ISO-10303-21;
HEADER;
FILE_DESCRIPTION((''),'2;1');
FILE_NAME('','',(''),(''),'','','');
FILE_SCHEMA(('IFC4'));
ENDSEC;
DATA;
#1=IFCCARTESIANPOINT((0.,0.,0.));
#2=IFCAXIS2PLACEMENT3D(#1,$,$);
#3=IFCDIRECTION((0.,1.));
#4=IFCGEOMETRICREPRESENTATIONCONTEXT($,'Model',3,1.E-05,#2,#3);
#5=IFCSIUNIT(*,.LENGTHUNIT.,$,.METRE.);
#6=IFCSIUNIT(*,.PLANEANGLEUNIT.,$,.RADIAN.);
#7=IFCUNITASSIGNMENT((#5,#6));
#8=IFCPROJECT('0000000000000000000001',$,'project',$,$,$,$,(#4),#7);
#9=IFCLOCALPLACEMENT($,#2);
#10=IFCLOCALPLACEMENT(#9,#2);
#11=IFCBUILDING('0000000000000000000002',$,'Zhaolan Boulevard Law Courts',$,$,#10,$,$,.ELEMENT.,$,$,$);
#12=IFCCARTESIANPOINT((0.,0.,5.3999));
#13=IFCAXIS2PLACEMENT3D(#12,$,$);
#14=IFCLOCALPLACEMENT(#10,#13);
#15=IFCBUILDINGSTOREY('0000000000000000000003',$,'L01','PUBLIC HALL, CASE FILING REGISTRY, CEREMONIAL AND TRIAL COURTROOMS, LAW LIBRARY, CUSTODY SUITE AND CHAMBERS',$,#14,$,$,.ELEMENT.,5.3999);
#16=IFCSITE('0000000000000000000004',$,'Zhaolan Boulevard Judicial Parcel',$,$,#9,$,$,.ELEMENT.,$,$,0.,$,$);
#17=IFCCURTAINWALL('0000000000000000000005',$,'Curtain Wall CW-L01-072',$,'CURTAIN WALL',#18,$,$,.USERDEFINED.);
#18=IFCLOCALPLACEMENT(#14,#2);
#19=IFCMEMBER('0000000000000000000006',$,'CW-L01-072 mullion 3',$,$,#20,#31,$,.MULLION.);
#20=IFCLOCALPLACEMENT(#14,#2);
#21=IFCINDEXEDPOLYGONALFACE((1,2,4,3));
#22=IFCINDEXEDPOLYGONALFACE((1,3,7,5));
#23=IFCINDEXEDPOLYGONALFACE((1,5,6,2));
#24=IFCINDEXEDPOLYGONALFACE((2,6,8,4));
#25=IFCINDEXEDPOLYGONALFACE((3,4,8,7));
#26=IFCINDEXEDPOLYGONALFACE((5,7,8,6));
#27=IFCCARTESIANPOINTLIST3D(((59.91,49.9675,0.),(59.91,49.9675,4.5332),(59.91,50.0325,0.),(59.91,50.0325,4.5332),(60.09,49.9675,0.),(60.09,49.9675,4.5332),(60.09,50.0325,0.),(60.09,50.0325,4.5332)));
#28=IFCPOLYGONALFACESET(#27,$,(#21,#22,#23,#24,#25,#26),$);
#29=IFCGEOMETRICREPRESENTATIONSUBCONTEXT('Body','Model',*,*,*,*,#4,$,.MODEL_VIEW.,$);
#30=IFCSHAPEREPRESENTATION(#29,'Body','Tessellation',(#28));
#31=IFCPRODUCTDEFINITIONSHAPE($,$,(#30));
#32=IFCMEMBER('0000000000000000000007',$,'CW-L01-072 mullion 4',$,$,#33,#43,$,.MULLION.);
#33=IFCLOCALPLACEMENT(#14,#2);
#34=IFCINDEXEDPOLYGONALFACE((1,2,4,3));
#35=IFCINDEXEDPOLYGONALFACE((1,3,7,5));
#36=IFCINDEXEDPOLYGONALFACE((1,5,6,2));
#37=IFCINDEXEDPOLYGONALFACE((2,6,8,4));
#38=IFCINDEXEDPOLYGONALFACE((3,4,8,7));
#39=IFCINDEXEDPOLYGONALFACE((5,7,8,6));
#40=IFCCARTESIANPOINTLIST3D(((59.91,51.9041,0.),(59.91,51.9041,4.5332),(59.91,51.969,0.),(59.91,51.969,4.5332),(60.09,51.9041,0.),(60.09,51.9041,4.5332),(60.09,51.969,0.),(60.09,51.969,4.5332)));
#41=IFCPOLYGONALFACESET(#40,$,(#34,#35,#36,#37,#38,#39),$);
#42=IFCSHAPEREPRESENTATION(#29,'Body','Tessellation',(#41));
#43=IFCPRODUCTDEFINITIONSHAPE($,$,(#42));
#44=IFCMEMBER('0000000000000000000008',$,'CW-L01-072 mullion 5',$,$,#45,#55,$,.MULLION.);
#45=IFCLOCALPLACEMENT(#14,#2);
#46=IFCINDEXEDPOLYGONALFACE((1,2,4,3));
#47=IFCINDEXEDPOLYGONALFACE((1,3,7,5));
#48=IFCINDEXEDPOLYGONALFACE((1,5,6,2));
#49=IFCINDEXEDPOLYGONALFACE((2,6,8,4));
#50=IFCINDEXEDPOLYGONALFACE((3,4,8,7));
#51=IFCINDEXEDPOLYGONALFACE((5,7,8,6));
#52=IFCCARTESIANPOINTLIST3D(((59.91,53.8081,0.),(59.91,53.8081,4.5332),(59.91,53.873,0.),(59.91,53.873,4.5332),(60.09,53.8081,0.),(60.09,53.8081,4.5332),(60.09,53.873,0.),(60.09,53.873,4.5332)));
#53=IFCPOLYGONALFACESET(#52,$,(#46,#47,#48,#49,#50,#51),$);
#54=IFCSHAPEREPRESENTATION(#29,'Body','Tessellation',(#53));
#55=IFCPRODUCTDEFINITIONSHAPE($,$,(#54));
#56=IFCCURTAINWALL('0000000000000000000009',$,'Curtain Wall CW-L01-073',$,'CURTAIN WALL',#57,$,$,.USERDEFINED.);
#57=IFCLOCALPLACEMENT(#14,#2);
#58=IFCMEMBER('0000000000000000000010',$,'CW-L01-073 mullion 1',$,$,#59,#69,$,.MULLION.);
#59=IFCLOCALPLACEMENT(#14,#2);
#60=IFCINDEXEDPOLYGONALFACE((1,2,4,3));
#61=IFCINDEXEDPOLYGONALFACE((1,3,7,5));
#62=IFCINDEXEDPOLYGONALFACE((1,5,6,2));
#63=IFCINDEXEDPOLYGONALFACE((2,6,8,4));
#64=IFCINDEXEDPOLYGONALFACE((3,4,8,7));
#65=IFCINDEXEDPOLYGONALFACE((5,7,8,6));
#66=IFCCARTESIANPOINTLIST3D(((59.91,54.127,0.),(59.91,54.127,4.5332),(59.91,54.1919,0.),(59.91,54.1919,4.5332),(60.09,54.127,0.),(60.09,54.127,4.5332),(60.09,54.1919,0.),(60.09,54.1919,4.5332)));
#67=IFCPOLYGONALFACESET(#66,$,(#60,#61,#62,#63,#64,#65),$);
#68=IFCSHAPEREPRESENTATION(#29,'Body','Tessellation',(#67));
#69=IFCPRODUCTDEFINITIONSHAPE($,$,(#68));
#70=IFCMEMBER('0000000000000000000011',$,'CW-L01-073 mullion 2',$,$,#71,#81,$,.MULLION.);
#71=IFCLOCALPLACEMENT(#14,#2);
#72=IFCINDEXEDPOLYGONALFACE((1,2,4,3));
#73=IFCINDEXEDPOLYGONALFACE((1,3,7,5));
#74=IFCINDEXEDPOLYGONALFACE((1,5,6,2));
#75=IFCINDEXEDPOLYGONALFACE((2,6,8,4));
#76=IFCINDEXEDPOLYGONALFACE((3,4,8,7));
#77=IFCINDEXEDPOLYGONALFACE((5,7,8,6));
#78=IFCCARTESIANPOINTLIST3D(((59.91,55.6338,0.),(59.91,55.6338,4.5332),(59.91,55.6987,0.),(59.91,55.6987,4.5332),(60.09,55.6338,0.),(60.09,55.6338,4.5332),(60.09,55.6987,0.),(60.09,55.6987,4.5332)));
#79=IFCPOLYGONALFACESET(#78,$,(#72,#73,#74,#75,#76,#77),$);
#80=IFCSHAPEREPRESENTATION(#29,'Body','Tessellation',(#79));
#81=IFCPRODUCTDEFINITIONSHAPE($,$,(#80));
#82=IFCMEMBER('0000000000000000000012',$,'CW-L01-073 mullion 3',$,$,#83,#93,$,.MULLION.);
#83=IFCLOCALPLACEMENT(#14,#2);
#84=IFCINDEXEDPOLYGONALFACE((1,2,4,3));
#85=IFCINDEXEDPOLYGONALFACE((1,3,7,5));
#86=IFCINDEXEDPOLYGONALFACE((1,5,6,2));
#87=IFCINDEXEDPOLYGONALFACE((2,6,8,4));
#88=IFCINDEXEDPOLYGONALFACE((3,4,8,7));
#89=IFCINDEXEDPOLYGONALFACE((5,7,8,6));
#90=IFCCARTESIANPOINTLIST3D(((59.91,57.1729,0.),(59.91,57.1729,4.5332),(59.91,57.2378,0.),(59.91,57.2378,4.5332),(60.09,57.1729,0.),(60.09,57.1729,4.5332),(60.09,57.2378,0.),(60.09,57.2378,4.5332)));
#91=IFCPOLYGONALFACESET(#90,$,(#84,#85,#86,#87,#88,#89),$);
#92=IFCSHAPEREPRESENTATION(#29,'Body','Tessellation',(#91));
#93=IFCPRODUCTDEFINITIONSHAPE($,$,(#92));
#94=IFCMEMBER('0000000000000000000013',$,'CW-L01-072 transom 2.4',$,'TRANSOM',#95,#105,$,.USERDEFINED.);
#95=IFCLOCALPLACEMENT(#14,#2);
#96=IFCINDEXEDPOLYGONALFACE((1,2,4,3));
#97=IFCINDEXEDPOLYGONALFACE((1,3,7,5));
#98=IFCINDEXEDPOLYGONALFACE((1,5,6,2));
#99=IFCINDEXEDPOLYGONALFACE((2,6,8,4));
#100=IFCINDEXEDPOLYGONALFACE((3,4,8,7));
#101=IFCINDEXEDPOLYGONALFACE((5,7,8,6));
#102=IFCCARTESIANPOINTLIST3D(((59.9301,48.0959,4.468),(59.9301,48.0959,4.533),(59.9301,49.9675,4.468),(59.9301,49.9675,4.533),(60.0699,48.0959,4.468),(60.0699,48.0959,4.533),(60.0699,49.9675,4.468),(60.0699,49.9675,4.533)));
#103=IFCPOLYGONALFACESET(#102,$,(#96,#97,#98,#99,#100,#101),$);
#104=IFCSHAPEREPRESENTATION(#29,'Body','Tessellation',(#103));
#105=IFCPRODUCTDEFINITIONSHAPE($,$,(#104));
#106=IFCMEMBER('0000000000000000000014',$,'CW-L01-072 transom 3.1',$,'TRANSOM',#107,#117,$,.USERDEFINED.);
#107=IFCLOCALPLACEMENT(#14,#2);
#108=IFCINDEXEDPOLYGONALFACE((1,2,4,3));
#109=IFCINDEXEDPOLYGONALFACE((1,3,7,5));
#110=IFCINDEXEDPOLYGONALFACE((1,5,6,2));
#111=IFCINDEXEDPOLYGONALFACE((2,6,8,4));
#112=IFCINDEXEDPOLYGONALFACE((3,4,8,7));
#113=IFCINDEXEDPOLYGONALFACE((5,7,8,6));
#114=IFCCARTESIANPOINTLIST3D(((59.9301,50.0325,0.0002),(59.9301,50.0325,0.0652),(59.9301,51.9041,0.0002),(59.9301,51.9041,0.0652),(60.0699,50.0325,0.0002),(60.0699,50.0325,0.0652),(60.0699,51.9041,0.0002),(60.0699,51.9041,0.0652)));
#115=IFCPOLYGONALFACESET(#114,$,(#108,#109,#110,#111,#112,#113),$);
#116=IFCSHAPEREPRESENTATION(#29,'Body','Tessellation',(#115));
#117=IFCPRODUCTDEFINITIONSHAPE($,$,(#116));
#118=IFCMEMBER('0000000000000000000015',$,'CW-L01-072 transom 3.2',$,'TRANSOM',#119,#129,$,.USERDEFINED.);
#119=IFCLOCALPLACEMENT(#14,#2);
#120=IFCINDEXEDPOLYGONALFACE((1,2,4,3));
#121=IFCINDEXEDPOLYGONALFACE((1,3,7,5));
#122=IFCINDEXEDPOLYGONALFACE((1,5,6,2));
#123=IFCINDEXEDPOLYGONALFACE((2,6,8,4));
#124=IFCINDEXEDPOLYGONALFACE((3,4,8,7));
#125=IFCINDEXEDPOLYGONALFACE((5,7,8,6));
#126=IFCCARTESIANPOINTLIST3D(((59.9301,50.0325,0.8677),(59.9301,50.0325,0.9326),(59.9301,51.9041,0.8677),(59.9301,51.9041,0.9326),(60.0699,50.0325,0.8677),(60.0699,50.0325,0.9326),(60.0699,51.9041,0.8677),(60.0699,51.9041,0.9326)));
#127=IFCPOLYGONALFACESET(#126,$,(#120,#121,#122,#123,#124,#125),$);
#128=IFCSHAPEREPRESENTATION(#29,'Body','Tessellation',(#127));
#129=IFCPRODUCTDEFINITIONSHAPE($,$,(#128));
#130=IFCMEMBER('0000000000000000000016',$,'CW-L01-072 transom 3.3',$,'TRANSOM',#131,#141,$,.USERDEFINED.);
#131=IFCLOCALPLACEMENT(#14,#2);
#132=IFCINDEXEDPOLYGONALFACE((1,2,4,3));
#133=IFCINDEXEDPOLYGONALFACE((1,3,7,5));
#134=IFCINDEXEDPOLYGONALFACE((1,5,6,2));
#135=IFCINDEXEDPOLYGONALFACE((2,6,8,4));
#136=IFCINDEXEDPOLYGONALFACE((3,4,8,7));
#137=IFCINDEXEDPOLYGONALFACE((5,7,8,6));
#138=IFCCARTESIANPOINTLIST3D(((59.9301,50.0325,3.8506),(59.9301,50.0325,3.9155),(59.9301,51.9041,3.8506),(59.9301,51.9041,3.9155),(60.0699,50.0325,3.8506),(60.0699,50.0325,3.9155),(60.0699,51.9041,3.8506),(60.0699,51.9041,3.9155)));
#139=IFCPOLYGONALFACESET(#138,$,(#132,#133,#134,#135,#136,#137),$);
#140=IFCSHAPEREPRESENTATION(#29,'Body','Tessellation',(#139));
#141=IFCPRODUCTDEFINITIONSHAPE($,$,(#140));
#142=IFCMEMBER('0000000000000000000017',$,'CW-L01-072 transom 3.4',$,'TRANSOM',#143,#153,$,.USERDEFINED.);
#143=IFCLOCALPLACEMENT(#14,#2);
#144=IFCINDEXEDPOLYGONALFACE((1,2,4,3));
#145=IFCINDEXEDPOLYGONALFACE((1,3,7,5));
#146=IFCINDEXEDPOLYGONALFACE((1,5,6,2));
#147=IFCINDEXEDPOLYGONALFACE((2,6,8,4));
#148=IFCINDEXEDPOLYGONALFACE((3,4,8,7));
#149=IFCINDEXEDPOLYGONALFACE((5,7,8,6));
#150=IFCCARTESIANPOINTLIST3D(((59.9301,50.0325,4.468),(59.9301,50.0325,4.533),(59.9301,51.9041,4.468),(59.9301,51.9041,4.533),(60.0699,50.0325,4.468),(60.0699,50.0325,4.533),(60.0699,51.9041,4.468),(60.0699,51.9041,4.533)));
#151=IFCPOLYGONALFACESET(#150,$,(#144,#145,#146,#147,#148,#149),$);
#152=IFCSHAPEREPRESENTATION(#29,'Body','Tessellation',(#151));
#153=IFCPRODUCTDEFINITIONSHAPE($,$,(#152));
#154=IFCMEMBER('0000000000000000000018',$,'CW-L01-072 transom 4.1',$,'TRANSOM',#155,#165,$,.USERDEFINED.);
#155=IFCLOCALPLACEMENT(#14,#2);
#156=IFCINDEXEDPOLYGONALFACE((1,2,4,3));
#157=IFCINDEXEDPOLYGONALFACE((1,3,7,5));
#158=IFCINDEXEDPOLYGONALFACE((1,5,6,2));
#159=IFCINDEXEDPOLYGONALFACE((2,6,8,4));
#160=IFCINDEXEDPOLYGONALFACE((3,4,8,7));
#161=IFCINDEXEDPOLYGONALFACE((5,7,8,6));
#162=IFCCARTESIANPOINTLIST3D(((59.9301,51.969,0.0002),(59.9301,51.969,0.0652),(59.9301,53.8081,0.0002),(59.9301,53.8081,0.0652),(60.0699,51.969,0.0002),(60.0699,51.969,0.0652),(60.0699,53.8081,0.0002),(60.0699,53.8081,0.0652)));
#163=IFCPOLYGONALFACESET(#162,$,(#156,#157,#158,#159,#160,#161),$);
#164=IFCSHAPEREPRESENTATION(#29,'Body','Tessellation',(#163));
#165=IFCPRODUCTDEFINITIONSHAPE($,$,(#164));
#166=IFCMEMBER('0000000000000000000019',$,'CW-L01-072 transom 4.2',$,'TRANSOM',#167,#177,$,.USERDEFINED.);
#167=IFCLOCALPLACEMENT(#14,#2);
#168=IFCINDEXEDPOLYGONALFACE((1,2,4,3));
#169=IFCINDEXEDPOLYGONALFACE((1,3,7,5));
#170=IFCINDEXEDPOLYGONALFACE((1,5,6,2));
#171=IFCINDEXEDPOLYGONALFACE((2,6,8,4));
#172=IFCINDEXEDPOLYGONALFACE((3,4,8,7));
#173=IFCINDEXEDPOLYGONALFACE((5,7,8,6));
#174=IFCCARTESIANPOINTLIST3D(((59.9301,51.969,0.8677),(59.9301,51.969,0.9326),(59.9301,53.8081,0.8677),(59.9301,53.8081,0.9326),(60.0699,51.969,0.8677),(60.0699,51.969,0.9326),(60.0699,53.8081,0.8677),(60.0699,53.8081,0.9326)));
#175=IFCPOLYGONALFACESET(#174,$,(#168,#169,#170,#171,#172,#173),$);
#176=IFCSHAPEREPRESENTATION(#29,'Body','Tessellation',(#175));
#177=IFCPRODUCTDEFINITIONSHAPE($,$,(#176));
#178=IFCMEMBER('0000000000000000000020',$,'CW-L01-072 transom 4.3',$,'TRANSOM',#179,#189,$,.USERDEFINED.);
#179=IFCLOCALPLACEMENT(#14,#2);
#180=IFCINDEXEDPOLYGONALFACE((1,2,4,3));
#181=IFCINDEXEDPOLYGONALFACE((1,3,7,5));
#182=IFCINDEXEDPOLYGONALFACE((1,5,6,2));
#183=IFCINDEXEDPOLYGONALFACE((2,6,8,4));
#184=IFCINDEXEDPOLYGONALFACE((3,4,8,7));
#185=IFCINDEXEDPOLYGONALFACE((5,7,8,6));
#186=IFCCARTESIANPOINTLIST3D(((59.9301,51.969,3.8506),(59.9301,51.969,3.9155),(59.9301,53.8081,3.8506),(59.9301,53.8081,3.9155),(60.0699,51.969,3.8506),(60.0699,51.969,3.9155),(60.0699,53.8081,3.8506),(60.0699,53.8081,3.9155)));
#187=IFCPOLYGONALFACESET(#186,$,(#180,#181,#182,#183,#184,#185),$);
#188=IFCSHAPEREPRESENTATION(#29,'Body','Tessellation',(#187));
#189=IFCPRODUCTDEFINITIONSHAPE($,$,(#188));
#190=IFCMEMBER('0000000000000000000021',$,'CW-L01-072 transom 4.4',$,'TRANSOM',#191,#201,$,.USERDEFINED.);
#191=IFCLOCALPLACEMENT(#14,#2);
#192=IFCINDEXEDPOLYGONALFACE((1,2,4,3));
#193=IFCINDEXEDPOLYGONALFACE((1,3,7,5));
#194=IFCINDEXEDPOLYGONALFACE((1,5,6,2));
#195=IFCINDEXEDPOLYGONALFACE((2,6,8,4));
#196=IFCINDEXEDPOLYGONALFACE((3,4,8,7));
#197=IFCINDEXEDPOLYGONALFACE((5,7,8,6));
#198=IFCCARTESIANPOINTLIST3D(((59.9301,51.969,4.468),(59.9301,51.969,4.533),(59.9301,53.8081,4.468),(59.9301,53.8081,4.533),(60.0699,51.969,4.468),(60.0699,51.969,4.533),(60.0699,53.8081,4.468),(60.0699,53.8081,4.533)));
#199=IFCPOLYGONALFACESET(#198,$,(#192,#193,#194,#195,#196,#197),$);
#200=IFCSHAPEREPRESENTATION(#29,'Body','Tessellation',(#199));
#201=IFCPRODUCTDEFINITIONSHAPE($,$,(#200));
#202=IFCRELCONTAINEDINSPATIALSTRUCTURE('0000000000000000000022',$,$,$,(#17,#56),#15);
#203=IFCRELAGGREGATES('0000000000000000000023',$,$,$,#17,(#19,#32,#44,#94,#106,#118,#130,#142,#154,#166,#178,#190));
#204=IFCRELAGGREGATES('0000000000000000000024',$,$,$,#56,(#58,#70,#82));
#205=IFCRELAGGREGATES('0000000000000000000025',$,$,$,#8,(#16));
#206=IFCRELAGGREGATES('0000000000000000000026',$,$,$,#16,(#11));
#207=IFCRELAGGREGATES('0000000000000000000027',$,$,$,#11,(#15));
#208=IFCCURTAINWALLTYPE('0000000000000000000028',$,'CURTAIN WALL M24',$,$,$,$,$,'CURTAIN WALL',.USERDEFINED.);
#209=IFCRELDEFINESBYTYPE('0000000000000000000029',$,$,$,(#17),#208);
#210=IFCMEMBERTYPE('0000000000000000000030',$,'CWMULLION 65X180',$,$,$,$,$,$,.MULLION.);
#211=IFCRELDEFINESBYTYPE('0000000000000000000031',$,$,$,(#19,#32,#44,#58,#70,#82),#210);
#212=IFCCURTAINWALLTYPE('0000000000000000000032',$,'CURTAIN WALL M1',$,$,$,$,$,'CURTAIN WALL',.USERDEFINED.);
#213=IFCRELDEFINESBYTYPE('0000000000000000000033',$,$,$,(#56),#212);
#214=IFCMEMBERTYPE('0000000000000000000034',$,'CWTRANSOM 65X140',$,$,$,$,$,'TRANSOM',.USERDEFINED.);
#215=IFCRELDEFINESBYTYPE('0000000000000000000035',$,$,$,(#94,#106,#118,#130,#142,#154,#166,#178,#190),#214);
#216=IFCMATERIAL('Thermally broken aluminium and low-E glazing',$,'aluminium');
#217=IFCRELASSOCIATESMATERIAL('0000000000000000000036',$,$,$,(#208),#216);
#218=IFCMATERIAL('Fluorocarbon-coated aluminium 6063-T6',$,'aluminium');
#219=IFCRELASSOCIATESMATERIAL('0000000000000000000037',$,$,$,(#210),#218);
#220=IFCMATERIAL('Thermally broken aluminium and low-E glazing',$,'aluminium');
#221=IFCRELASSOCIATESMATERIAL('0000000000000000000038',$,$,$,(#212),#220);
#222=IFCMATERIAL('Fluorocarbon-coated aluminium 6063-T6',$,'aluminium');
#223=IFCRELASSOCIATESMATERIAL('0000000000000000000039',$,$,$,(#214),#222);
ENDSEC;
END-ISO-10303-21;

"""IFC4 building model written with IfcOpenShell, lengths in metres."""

from ifc_helpers import new_model, si_unit, direction, frame, origin, origin_2d, place, context, subcontext, project, spatial, rectangle, extrude, material, material_profile, profile_set, type_object, element, aggregate, save


model = new_model("IFC4")

# Units and contexts
model_context = context("Model", 3, precision=1e-05, world=origin(), true_north=direction((0.0, 1.0)))
body_context = subcontext(model_context, "Body", "Model", "MODEL_VIEW")
ifc_project = project(units=[si_unit("LENGTHUNIT", "METRE"), si_unit("PLANEANGLEUNIT", "RADIAN")], contexts=[model_context])

# Site, building, storey
site_placement = place(None, origin())
site = spatial("IfcSite", under=ifc_project, at=site_placement, Name="Zhaolan Boulevard Judicial Parcel", CompositionType="ELEMENT", RefElevation=0.0)
building_placement = place(site_placement, origin())
building = spatial("IfcBuilding", under=site, at=building_placement, Name="Zhaolan Boulevard Law Courts", CompositionType="ELEMENT")
storey_placement = place(building_placement, frame((0.0, 0.0, 5.3999)))
storey = spatial("IfcBuildingStorey", under=building, at=storey_placement, Name="L01", Description="PUBLIC HALL, CASE FILING REGISTRY, CEREMONIAL AND TRIAL COURTROOMS, LAW LIBRARY, CUSTODY SUITE AND CHAMBERS", CompositionType="ELEMENT", Elevation=5.3999)

# Curtain walls, members
ifc_material_1 = material(Name="Thermally broken aluminium and low-E glazing", Category="aluminium")
curtain_wall_type_1 = type_object("IfcCurtainWallType", Name="CURTAIN WALL M24", ElementType="CURTAIN WALL", PredefinedType="USERDEFINED", material=ifc_material_1)
curtain_wall_1_placement = place(storey_placement, origin())
curtain_wall_1 = element("IfcCurtainWall", 1, at=curtain_wall_1_placement, inside=storey, type_object=curtain_wall_type_1, Name="Curtain Wall CW-L01-072", ObjectType="CURTAIN WALL", PredefinedType="USERDEFINED")
ifc_material_2 = material(Name="Fluorocarbon-coated aluminium 6063-T6", Category="aluminium")
ifc_material_profile_1 = material_profile(ifc_material_2, rectangle(XDim=0.1799, YDim=0.0649, at=origin_2d()), Name="AL65x180")
ifc_profile_set_1 = profile_set([ifc_material_profile_1], Name="Fluorocarbon-coated aluminium 6063-T6")
member_type_1 = type_object("IfcMemberType", Name="CWMULLION 65X180", PredefinedType="MULLION", material=ifc_profile_set_1)
member_1_placement = place(storey_placement, frame((60.0, 50.0, 0.0), z_axis=(0.0, 0.0, 1.0), x_axis=(-1.0, 0.0, 0.0)))
member_1 = element("IfcMember", 2, at=member_1_placement, type_object=member_type_1, Name="CW-L01-072 mullion 3", PredefinedType="MULLION", context=body_context, shape_type="SweptSolid", body=[
    extrude(rectangle(XDim=0.1799, YDim=0.0649, at=origin_2d()), origin(), (0.0, 0.0, 1.0), 4.5332),
])
member_2_placement = place(storey_placement, frame((60.0, 51.9365, 0.0), z_axis=(0.0, 0.0, 1.0), x_axis=(-1.0, 0.0, 0.0)))
member_2 = element("IfcMember", 3, at=member_2_placement, type_object=member_type_1, Name="CW-L01-072 mullion 4", PredefinedType="MULLION", context=body_context, shape_type="SweptSolid", body=[
    extrude(rectangle(XDim=0.1799, YDim=0.0649, at=origin_2d()), origin(), (0.0, 0.0, 1.0), 4.5332),
])
member_3_placement = place(storey_placement, frame((60.0, 53.8406, 0.0), z_axis=(0.0, 0.0, 1.0), x_axis=(-1.0, 0.0, 0.0)))
member_3 = element("IfcMember", 4, at=member_3_placement, type_object=member_type_1, Name="CW-L01-072 mullion 5", PredefinedType="MULLION", context=body_context, shape_type="SweptSolid", body=[
    extrude(rectangle(XDim=0.1799, YDim=0.0649, at=origin_2d()), origin(), (0.0, 0.0, 1.0), 4.5332),
])
ifc_material_3 = material(Name="Thermally broken aluminium and low-E glazing", Category="aluminium")
curtain_wall_type_2 = type_object("IfcCurtainWallType", Name="CURTAIN WALL M1", ElementType="CURTAIN WALL", PredefinedType="USERDEFINED", material=ifc_material_3)
curtain_wall_2_placement = place(storey_placement, origin())
curtain_wall_2 = element("IfcCurtainWall", 5, at=curtain_wall_2_placement, inside=storey, type_object=curtain_wall_type_2, Name="Curtain Wall CW-L01-073", ObjectType="CURTAIN WALL", PredefinedType="USERDEFINED")
member_4_placement = place(storey_placement, frame((60.0, 54.1594, 0.0), z_axis=(0.0, 0.0, 1.0), x_axis=(-1.0, 0.0, 0.0)))
member_4 = element("IfcMember", 6, at=member_4_placement, type_object=member_type_1, Name="CW-L01-073 mullion 1", PredefinedType="MULLION", context=body_context, shape_type="SweptSolid", body=[
    extrude(rectangle(XDim=0.1799, YDim=0.0649, at=origin_2d()), origin(), (0.0, 0.0, 1.0), 4.5332),
])
member_5_placement = place(storey_placement, frame((60.0, 55.6663, 0.0), z_axis=(0.0, 0.0, 1.0), x_axis=(-1.0, 0.0, 0.0)))
member_5 = element("IfcMember", 7, at=member_5_placement, type_object=member_type_1, Name="CW-L01-073 mullion 2", PredefinedType="MULLION", context=body_context, shape_type="SweptSolid", body=[
    extrude(rectangle(XDim=0.1799, YDim=0.0649, at=origin_2d()), origin(), (0.0, 0.0, 1.0), 4.5332),
])
member_6_placement = place(storey_placement, frame((60.0, 57.2053, 0.0), z_axis=(0.0, 0.0, 1.0), x_axis=(-1.0, 0.0, 0.0)))
member_6 = element("IfcMember", 8, at=member_6_placement, type_object=member_type_1, Name="CW-L01-073 mullion 3", PredefinedType="MULLION", context=body_context, shape_type="SweptSolid", body=[
    extrude(rectangle(XDim=0.1799, YDim=0.0649, at=origin_2d()), origin(), (0.0, 0.0, 1.0), 4.5332),
])

# Members
ifc_material_4 = material(Name="Fluorocarbon-coated aluminium 6063-T6", Category="aluminium")
ifc_material_profile_2 = material_profile(ifc_material_4, rectangle(XDim=0.1399, YDim=0.0649, at=origin_2d()), Name="AL65x140")
ifc_profile_set_2 = profile_set([ifc_material_profile_2], Name="Fluorocarbon-coated aluminium 6063-T6")
member_type_2 = type_object("IfcMemberType", Name="CWTRANSOM 65X140", ElementType="TRANSOM", PredefinedType="USERDEFINED", material=ifc_profile_set_2)
member_7_placement = place(storey_placement, frame((60.0, 48.0959, 4.5005), z_axis=(0.0, 1.0, 0.0), x_axis=(-1.0, 0.0, 0.0)))
member_7 = element("IfcMember", 9, at=member_7_placement, type_object=member_type_2, Name="CW-L01-072 transom 2.4", ObjectType="TRANSOM", PredefinedType="USERDEFINED", context=body_context, shape_type="SweptSolid", body=[
    extrude(rectangle(XDim=0.1399, YDim=0.0649, at=origin_2d()), origin(), (0.0, 0.0, 1.0), 1.8716),
])
member_8_placement = place(storey_placement, frame((60.0, 50.0325, 0.0327), z_axis=(0.0, 1.0, 0.0), x_axis=(-1.0, 0.0, 0.0)))
member_8 = element("IfcMember", 10, at=member_8_placement, type_object=member_type_2, Name="CW-L01-072 transom 3.1", ObjectType="TRANSOM", PredefinedType="USERDEFINED", context=body_context, shape_type="SweptSolid", body=[
    extrude(rectangle(XDim=0.1399, YDim=0.0649, at=origin_2d()), origin(), (0.0, 0.0, 1.0), 1.8716),
])
member_9_placement = place(storey_placement, frame((60.0, 50.0325, 0.9001), z_axis=(0.0, 1.0, 0.0), x_axis=(-1.0, 0.0, 0.0)))
member_9 = element("IfcMember", 11, at=member_9_placement, type_object=member_type_2, Name="CW-L01-072 transom 3.2", ObjectType="TRANSOM", PredefinedType="USERDEFINED", context=body_context, shape_type="SweptSolid", body=[
    extrude(rectangle(XDim=0.1399, YDim=0.0649, at=origin_2d()), origin(), (0.0, 0.0, 1.0), 1.8716),
])
member_10_placement = place(storey_placement, frame((60.0, 50.0325, 3.8831), z_axis=(0.0, 1.0, 0.0), x_axis=(-1.0, 0.0, 0.0)))
member_10 = element("IfcMember", 12, at=member_10_placement, type_object=member_type_2, Name="CW-L01-072 transom 3.3", ObjectType="TRANSOM", PredefinedType="USERDEFINED", context=body_context, shape_type="SweptSolid", body=[
    extrude(rectangle(XDim=0.1399, YDim=0.0649, at=origin_2d()), origin(), (0.0, 0.0, 1.0), 1.8716),
])
member_11_placement = place(storey_placement, frame((60.0, 50.0325, 4.5005), z_axis=(0.0, 1.0, 0.0), x_axis=(-1.0, 0.0, 0.0)))
member_11 = element("IfcMember", 13, at=member_11_placement, type_object=member_type_2, Name="CW-L01-072 transom 3.4", ObjectType="TRANSOM", PredefinedType="USERDEFINED", context=body_context, shape_type="SweptSolid", body=[
    extrude(rectangle(XDim=0.1399, YDim=0.0649, at=origin_2d()), origin(), (0.0, 0.0, 1.0), 1.8716),
])
member_12_placement = place(storey_placement, frame((60.0, 51.969, 0.0327), z_axis=(0.0, 1.0, 0.0), x_axis=(-1.0, 0.0, 0.0)))
member_12 = element("IfcMember", 14, at=member_12_placement, type_object=member_type_2, Name="CW-L01-072 transom 4.1", ObjectType="TRANSOM", PredefinedType="USERDEFINED", context=body_context, shape_type="SweptSolid", body=[
    extrude(rectangle(XDim=0.1399, YDim=0.0649, at=origin_2d()), origin(), (0.0, 0.0, 1.0), 1.8391),
])
member_13_placement = place(storey_placement, frame((60.0, 51.969, 0.9001), z_axis=(0.0, 1.0, 0.0), x_axis=(-1.0, 0.0, 0.0)))
member_13 = element("IfcMember", 15, at=member_13_placement, type_object=member_type_2, Name="CW-L01-072 transom 4.2", ObjectType="TRANSOM", PredefinedType="USERDEFINED", context=body_context, shape_type="SweptSolid", body=[
    extrude(rectangle(XDim=0.1399, YDim=0.0649, at=origin_2d()), origin(), (0.0, 0.0, 1.0), 1.8391),
])
member_14_placement = place(storey_placement, frame((60.0, 51.969, 3.8831), z_axis=(0.0, 1.0, 0.0), x_axis=(-1.0, 0.0, 0.0)))
member_14 = element("IfcMember", 16, at=member_14_placement, type_object=member_type_2, Name="CW-L01-072 transom 4.3", ObjectType="TRANSOM", PredefinedType="USERDEFINED", context=body_context, shape_type="SweptSolid", body=[
    extrude(rectangle(XDim=0.1399, YDim=0.0649, at=origin_2d()), origin(), (0.0, 0.0, 1.0), 1.8391),
])
member_15_placement = place(storey_placement, frame((60.0, 51.969, 4.5005), z_axis=(0.0, 1.0, 0.0), x_axis=(-1.0, 0.0, 0.0)))
member_15 = element("IfcMember", 17, at=member_15_placement, type_object=member_type_2, Name="CW-L01-072 transom 4.4", ObjectType="TRANSOM", PredefinedType="USERDEFINED", context=body_context, shape_type="SweptSolid", body=[
    extrude(rectangle(XDim=0.1399, YDim=0.0649, at=origin_2d()), origin(), (0.0, 0.0, 1.0), 1.8391),
])

aggregate(curtain_wall_1, [member_1, member_2, member_3, member_7, member_8, member_9, member_10, member_11, member_12, member_13, member_14, member_15])
aggregate(curtain_wall_2, [member_4, member_5, member_6])

save(model, "model.ifc")
